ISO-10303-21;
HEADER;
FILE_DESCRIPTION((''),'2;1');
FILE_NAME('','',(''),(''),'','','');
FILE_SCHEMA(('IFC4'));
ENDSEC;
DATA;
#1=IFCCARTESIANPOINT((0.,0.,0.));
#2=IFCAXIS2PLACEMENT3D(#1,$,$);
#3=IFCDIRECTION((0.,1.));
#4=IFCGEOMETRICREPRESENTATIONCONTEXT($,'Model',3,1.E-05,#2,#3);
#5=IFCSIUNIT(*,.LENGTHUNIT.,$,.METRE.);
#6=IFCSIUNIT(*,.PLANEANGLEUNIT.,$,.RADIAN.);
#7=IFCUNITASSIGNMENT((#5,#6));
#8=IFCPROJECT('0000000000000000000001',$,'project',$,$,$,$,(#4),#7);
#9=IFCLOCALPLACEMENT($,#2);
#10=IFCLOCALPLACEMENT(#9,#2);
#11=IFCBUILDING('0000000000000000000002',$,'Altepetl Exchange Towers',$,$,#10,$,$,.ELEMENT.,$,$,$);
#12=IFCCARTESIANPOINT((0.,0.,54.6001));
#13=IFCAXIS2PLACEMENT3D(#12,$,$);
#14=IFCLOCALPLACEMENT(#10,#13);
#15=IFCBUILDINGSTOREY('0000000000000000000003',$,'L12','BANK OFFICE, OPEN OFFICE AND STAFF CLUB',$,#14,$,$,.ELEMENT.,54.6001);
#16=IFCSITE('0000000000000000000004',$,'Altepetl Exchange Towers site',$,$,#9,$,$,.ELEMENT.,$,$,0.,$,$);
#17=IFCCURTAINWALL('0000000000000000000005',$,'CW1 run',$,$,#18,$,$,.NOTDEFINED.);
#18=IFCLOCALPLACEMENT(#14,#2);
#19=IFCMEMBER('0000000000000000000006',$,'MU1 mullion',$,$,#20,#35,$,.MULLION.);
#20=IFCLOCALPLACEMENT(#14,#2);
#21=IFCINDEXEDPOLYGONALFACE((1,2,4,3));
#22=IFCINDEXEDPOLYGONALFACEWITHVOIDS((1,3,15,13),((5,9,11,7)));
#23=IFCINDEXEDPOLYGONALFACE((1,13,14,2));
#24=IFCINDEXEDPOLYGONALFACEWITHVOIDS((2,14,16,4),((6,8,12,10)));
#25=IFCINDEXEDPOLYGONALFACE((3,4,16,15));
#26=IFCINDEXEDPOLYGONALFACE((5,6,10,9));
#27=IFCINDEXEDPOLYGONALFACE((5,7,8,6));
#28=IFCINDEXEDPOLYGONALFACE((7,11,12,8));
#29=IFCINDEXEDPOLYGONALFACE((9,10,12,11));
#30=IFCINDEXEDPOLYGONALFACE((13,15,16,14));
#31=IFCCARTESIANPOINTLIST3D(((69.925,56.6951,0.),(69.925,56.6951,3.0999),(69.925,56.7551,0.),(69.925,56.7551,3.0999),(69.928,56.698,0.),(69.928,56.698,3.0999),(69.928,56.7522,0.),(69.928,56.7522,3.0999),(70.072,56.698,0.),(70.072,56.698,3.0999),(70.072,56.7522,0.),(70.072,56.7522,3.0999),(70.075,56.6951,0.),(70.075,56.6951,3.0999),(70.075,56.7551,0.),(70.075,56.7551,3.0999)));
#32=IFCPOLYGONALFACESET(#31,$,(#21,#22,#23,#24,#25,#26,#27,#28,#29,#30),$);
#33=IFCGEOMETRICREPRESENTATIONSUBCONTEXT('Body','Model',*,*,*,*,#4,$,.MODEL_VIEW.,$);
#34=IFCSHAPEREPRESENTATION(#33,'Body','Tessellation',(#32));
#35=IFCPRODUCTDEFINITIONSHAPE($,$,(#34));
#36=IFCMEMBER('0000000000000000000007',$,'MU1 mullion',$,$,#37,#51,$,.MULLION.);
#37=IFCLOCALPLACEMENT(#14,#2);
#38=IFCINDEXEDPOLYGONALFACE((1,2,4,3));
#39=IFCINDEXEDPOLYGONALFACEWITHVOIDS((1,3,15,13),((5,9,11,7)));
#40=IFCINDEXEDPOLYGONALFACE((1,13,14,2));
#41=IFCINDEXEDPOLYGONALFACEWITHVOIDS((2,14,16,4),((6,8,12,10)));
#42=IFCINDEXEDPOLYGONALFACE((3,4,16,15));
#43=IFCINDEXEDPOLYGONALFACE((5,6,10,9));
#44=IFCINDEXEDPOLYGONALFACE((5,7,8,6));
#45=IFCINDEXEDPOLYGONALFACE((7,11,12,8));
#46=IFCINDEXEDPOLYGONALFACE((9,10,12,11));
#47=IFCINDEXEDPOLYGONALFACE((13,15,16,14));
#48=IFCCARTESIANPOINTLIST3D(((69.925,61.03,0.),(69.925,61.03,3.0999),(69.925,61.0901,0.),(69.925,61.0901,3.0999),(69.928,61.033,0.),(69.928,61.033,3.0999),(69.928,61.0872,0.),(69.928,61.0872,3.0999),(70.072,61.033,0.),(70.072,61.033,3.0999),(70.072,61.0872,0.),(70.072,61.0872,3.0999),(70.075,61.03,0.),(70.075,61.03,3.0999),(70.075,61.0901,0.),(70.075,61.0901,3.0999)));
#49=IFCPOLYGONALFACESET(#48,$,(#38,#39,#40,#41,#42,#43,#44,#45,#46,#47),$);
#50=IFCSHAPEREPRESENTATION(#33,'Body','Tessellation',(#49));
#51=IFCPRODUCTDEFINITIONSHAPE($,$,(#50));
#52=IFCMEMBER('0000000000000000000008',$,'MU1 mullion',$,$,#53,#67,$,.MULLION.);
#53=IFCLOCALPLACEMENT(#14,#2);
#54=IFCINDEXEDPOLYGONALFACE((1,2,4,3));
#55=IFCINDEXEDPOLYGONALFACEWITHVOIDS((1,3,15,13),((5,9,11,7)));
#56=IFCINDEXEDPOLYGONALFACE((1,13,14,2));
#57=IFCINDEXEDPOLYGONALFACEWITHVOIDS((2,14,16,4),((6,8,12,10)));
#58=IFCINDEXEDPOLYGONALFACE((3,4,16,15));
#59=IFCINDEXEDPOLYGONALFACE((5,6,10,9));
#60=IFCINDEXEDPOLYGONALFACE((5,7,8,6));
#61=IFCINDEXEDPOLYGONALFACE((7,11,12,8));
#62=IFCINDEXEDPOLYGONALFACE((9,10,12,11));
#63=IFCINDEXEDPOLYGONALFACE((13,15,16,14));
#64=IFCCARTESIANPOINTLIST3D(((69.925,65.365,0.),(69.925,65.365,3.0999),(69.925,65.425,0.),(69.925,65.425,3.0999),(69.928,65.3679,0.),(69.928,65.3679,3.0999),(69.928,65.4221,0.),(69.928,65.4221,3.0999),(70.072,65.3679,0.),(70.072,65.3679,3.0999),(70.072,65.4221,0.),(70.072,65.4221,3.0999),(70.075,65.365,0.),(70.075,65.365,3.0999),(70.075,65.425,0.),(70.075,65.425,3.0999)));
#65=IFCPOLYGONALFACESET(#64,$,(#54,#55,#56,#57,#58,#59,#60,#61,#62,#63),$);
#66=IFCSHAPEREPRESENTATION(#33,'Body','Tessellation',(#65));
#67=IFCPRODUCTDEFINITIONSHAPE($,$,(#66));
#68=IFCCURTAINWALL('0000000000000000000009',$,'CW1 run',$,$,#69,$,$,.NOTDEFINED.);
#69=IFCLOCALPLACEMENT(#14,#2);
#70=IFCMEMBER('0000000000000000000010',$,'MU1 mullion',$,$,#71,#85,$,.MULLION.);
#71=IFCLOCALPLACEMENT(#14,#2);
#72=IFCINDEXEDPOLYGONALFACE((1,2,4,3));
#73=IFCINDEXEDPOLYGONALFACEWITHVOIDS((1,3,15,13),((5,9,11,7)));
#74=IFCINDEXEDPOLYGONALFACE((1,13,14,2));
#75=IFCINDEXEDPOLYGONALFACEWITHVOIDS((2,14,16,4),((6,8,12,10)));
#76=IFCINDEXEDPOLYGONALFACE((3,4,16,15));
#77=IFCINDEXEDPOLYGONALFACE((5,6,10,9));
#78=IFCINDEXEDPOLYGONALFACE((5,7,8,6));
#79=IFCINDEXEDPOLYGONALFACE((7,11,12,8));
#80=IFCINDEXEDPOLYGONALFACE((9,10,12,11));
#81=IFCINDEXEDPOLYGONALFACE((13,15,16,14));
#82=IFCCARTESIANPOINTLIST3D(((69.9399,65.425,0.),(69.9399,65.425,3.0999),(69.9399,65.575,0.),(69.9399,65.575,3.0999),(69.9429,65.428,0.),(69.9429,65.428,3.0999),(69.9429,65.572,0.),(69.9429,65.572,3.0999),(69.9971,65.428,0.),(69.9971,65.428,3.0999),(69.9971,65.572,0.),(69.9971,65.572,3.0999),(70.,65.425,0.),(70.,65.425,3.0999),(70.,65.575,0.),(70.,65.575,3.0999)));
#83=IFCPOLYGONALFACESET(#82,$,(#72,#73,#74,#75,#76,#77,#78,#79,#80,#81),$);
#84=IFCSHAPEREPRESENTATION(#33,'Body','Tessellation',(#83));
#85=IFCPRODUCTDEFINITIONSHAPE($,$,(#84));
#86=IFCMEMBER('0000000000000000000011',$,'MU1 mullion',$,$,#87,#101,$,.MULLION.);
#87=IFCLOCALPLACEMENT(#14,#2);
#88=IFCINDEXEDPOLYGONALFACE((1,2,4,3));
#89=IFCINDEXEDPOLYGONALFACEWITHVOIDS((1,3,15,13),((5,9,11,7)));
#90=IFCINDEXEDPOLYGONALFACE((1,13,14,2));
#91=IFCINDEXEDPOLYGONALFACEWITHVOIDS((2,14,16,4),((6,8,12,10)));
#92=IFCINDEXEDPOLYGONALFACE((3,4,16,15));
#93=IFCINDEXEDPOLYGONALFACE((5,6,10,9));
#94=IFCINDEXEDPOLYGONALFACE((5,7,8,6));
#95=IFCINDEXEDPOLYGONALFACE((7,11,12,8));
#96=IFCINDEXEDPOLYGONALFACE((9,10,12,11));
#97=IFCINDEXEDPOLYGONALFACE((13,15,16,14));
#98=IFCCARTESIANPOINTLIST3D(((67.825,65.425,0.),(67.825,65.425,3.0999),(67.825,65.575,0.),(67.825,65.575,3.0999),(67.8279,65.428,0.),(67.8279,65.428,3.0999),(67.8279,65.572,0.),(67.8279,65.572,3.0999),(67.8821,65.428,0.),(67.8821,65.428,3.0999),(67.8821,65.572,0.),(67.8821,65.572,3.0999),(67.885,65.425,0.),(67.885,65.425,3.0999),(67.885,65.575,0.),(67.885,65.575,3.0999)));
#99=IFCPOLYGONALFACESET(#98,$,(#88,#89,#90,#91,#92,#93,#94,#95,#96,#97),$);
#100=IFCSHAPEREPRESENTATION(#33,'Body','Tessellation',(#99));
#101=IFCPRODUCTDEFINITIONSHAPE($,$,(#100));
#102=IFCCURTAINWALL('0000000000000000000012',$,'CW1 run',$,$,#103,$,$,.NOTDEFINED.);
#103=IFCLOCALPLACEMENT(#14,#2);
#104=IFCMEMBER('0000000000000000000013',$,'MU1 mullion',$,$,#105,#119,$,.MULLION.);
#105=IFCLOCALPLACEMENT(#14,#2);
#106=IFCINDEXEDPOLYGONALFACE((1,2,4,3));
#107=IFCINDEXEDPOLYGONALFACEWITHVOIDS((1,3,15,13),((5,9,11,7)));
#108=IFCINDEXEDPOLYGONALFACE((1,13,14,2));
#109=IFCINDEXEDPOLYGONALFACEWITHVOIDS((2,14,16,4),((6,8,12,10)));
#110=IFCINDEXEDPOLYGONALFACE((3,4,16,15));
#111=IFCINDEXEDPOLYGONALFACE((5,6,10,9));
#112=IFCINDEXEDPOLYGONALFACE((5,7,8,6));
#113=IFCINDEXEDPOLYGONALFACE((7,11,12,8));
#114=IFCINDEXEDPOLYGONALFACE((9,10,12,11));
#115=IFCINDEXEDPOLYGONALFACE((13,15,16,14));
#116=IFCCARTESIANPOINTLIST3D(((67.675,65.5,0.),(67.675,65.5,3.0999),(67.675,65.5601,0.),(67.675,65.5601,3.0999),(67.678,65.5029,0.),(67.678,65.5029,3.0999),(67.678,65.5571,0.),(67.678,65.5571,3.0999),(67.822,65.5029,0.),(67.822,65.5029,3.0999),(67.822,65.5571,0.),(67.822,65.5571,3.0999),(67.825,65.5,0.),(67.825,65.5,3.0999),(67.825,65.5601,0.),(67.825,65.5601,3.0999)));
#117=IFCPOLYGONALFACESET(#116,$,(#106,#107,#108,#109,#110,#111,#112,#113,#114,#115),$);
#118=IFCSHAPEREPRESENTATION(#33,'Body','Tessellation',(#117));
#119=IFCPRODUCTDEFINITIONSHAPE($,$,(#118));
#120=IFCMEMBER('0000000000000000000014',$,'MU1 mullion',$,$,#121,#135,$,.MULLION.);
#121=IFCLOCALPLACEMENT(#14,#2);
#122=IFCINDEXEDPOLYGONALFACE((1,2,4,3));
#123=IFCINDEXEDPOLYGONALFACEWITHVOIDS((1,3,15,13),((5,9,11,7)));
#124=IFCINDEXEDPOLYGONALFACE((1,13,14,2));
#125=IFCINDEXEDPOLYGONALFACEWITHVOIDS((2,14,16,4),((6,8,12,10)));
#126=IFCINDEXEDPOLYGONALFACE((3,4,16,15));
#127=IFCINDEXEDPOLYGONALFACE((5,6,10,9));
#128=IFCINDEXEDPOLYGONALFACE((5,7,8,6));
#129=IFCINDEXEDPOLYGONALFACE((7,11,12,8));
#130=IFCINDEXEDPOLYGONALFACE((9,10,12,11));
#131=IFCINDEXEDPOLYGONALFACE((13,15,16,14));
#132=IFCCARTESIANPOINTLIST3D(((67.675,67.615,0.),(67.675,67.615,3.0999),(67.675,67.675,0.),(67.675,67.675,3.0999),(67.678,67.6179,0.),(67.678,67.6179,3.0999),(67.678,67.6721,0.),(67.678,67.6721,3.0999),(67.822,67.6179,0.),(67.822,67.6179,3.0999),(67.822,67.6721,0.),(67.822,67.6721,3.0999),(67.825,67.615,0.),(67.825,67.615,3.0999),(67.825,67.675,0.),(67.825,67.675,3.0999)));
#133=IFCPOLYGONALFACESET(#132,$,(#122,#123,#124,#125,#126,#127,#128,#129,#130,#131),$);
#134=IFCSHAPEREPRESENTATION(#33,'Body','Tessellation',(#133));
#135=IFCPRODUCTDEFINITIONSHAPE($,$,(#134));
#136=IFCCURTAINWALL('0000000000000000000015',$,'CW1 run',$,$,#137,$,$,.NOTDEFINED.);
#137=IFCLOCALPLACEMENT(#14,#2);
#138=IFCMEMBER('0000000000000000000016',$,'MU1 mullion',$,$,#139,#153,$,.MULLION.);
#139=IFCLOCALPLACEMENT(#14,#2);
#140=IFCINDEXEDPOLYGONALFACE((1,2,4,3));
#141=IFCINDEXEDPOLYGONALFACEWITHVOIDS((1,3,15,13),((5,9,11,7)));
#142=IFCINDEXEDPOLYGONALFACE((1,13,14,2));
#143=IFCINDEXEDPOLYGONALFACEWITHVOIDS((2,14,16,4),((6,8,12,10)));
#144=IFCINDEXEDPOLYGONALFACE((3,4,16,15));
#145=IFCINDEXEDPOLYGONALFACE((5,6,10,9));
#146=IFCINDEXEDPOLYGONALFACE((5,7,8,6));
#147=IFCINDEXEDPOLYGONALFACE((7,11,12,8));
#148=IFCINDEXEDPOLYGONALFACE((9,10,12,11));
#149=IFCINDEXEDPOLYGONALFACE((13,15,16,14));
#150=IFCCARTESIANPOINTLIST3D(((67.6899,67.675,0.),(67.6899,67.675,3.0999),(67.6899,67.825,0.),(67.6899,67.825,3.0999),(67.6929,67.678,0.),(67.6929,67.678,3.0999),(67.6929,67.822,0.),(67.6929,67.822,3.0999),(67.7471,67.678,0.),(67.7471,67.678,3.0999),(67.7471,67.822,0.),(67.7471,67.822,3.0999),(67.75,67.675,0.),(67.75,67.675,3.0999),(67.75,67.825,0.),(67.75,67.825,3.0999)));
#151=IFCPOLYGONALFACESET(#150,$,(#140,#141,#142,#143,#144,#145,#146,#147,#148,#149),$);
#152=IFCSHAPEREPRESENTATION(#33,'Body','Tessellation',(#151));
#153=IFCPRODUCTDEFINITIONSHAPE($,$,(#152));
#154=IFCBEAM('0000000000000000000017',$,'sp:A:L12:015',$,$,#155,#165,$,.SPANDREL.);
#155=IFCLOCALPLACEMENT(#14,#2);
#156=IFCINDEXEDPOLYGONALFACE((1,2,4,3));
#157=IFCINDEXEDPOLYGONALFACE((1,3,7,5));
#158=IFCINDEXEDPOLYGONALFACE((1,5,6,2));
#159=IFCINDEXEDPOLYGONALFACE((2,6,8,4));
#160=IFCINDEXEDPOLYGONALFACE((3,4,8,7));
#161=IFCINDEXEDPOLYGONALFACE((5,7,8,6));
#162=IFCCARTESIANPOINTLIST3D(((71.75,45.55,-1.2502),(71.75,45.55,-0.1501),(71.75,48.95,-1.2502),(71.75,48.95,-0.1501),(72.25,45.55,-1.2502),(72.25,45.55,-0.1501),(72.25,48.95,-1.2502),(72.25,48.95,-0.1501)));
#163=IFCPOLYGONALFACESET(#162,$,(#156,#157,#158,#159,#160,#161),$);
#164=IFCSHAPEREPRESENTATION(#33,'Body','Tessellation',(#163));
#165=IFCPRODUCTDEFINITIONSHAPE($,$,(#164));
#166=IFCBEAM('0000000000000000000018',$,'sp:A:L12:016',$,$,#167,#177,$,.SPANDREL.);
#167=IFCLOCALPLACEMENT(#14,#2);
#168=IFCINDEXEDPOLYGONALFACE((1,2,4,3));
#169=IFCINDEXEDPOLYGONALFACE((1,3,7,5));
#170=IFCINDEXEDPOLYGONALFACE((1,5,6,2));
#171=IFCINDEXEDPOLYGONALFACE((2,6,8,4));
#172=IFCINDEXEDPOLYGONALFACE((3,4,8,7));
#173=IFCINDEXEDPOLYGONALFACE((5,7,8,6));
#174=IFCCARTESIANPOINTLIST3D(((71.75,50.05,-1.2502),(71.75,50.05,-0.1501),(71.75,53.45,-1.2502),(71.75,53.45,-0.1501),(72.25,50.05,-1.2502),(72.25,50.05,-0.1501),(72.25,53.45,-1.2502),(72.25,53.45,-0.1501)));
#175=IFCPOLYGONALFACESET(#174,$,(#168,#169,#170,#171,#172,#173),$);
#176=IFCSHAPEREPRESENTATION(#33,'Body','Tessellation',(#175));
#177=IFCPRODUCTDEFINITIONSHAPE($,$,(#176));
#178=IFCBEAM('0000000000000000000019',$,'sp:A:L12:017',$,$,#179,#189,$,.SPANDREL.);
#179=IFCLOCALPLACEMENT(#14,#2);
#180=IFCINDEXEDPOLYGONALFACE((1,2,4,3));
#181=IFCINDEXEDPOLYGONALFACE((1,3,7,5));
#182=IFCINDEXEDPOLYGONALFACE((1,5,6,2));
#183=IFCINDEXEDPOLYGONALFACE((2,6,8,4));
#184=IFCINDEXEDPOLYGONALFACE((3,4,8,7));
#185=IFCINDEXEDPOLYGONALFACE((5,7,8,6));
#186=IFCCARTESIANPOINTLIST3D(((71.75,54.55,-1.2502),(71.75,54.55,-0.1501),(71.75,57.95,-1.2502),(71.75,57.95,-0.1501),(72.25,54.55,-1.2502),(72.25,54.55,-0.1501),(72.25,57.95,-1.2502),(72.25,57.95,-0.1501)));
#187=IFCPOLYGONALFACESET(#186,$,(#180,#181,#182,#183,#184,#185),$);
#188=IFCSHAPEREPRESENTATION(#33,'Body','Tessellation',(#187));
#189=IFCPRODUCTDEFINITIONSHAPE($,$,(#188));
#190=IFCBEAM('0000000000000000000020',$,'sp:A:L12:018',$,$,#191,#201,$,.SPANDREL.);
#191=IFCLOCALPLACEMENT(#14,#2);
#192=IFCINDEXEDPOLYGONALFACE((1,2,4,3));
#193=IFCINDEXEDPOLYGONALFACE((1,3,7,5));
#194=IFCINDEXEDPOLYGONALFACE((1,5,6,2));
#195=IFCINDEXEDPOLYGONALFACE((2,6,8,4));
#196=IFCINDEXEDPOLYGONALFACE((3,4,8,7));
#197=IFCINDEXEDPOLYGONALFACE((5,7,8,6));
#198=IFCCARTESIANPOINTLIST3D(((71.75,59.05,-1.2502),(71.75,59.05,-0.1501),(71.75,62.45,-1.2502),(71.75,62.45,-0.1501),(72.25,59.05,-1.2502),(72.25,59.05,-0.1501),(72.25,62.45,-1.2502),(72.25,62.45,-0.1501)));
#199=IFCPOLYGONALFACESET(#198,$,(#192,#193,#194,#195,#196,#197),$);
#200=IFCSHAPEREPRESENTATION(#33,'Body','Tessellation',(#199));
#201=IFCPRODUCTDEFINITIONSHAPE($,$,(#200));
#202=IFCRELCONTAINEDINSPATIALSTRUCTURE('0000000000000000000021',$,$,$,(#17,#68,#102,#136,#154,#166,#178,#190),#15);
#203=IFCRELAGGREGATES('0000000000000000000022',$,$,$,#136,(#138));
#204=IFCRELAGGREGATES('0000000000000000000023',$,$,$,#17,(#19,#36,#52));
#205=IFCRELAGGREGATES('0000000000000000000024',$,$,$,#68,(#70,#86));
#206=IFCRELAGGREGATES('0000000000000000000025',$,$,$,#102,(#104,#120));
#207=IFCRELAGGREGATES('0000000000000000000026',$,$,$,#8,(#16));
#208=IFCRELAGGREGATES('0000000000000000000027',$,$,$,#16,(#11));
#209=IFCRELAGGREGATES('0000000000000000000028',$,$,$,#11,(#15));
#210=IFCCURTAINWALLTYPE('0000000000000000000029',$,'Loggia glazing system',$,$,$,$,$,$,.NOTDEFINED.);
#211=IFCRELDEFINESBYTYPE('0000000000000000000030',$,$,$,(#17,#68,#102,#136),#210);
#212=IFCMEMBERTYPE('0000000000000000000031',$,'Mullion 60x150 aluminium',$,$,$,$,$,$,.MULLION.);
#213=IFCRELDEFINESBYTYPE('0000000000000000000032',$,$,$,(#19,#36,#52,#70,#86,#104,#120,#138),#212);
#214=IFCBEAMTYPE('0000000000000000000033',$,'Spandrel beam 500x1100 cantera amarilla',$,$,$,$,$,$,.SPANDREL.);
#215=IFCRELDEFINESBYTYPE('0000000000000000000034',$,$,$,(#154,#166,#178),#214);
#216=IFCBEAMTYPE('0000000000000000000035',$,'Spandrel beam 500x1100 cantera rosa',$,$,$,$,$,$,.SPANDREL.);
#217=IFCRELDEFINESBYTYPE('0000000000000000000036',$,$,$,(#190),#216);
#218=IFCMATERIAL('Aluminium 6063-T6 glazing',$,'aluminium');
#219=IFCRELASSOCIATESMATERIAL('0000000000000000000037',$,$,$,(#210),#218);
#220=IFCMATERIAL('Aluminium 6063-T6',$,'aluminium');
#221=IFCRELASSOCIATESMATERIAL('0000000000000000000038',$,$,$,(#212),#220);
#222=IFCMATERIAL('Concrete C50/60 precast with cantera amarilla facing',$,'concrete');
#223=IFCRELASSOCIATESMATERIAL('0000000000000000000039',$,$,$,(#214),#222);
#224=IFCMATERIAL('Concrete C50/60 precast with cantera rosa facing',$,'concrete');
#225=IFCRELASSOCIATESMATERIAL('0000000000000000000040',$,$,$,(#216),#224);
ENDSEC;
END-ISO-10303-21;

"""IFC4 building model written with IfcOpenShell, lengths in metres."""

from ifc_helpers import new_model, si_unit, direction, frame, origin, origin_2d, place, context, subcontext, project, spatial, rectangle, hollow_rectangle, extrude, material, material_profile, profile_set, type_object, element, aggregate, save


model = new_model("IFC4")

# Units and contexts
model_context = context("Model", 3, precision=1e-05, world=origin(), true_north=direction((0.0, 1.0)))
body_context = subcontext(model_context, "Body", "Model", "MODEL_VIEW")
ifc_project = project(units=[si_unit("LENGTHUNIT", "METRE"), si_unit("PLANEANGLEUNIT", "RADIAN")], contexts=[model_context])

# Site, building, storey
site_placement = place(None, origin())
site = spatial("IfcSite", under=ifc_project, at=site_placement, Name="Altepetl Exchange Towers site", CompositionType="ELEMENT", RefElevation=0.0)
building_placement = place(site_placement, origin())
building = spatial("IfcBuilding", under=site, at=building_placement, Name="Altepetl Exchange Towers", CompositionType="ELEMENT")
storey_placement = place(building_placement, frame((0.0, 0.0, 54.6001)))
storey = spatial("IfcBuildingStorey", under=building, at=storey_placement, Name="L12", Description="BANK OFFICE, OPEN OFFICE AND STAFF CLUB", CompositionType="ELEMENT", Elevation=54.6001)

# Curtain walls, members
ifc_material_1 = material(Name="Aluminium 6063-T6 glazing", Category="aluminium")
curtain_wall_type = type_object("IfcCurtainWallType", Name="Loggia glazing system", PredefinedType="NOTDEFINED", material=ifc_material_1)
ifc_material_2 = material(Name="Aluminium 6063-T6", Category="aluminium")
ifc_material_profile_1 = material_profile(ifc_material_2, hollow_rectangle(XDim=0.0601, YDim=0.1499, WallThickness=0.0029, at=origin_2d()), Name="Mullion 60x150 aluminium")
ifc_profile_set_1 = profile_set([ifc_material_profile_1], Name="Aluminium 6063-T6")
member_type = type_object("IfcMemberType", Name="Mullion 60x150 aluminium", PredefinedType="MULLION", material=ifc_profile_set_1)
curtain_wall_1_placement = place(storey_placement, origin())
curtain_wall_1 = element("IfcCurtainWall", 1, at=curtain_wall_1_placement, inside=storey, type_object=curtain_wall_type, Name="CW1 run", PredefinedType="NOTDEFINED")
member_1_placement = place(storey_placement, frame((70.0, 56.7251, 0.0), z_axis=(0.0, 0.0, 1.0), x_axis=(0.0, 1.0, 0.0)))
member_1 = element("IfcMember", 2, at=member_1_placement, type_object=member_type, Name="MU1 mullion", PredefinedType="MULLION", context=body_context, shape_type="SweptSolid", body=[
    extrude(hollow_rectangle(XDim=0.0601, YDim=0.1499, WallThickness=0.0029, at=origin_2d()), origin(), (0.0, 0.0, 1.0), 3.0999),
])
member_2_placement = place(storey_placement, frame((70.0, 61.0601, 0.0), z_axis=(0.0, 0.0, 1.0), x_axis=(0.0, 1.0, 0.0)))
member_2 = element("IfcMember", 3, at=member_2_placement, type_object=member_type, Name="MU1 mullion", PredefinedType="MULLION", context=body_context, shape_type="SweptSolid", body=[
    extrude(hollow_rectangle(XDim=0.0601, YDim=0.1499, WallThickness=0.0029, at=origin_2d()), origin(), (0.0, 0.0, 1.0), 3.0999),
])
member_3_placement = place(storey_placement, frame((70.0, 65.395, 0.0), z_axis=(0.0, 0.0, 1.0), x_axis=(0.0, 1.0, 0.0)))
member_3 = element("IfcMember", 4, at=member_3_placement, type_object=member_type, Name="MU1 mullion", PredefinedType="MULLION", context=body_context, shape_type="SweptSolid", body=[
    extrude(hollow_rectangle(XDim=0.0601, YDim=0.1499, WallThickness=0.0029, at=origin_2d()), origin(), (0.0, 0.0, 1.0), 3.0999),
])
curtain_wall_2_placement = place(storey_placement, origin())
curtain_wall_2 = element("IfcCurtainWall", 5, at=curtain_wall_2_placement, inside=storey, type_object=curtain_wall_type, Name="CW1 run", PredefinedType="NOTDEFINED")
member_4_placement = place(storey_placement, frame((69.97, 65.5, 0.0), z_axis=(0.0, 0.0, 1.0), x_axis=(-1.0, 0.0, 0.0)))
member_4 = element("IfcMember", 6, at=member_4_placement, type_object=member_type, Name="MU1 mullion", PredefinedType="MULLION", context=body_context, shape_type="SweptSolid", body=[
    extrude(hollow_rectangle(XDim=0.0601, YDim=0.1499, WallThickness=0.0029, at=origin_2d()), origin(), (0.0, 0.0, 1.0), 3.0999),
])
member_5_placement = place(storey_placement, frame((67.855, 65.5, 0.0), z_axis=(0.0, 0.0, 1.0), x_axis=(-1.0, 0.0, 0.0)))
member_5 = element("IfcMember", 7, at=member_5_placement, type_object=member_type, Name="MU1 mullion", PredefinedType="MULLION", context=body_context, shape_type="SweptSolid", body=[
    extrude(hollow_rectangle(XDim=0.0601, YDim=0.1499, WallThickness=0.0029, at=origin_2d()), origin(), (0.0, 0.0, 1.0), 3.0999),
])
curtain_wall_3_placement = place(storey_placement, origin())
curtain_wall_3 = element("IfcCurtainWall", 8, at=curtain_wall_3_placement, inside=storey, type_object=curtain_wall_type, Name="CW1 run", PredefinedType="NOTDEFINED")
member_6_placement = place(storey_placement, frame((67.75, 65.53, 0.0), z_axis=(0.0, 0.0, 1.0), x_axis=(0.0, 1.0, 0.0)))
member_6 = element("IfcMember", 9, at=member_6_placement, type_object=member_type, Name="MU1 mullion", PredefinedType="MULLION", context=body_context, shape_type="SweptSolid", body=[
    extrude(hollow_rectangle(XDim=0.0601, YDim=0.1499, WallThickness=0.0029, at=origin_2d()), origin(), (0.0, 0.0, 1.0), 3.0999),
])
member_7_placement = place(storey_placement, frame((67.75, 67.645, 0.0), z_axis=(0.0, 0.0, 1.0), x_axis=(0.0, 1.0, 0.0)))
member_7 = element("IfcMember", 10, at=member_7_placement, type_object=member_type, Name="MU1 mullion", PredefinedType="MULLION", context=body_context, shape_type="SweptSolid", body=[
    extrude(hollow_rectangle(XDim=0.0601, YDim=0.1499, WallThickness=0.0029, at=origin_2d()), origin(), (0.0, 0.0, 1.0), 3.0999),
])

# Curtain wall, member
curtain_wall_4_placement = place(storey_placement, origin())
curtain_wall_4 = element("IfcCurtainWall", 11, at=curtain_wall_4_placement, inside=storey, type_object=curtain_wall_type, Name="CW1 run", PredefinedType="NOTDEFINED")
member_8_placement = place(storey_placement, frame((67.72, 67.75, 0.0), z_axis=(0.0, 0.0, 1.0), x_axis=(-1.0, 0.0, 0.0)))
member_8 = element("IfcMember", 12, at=member_8_placement, type_object=member_type, Name="MU1 mullion", PredefinedType="MULLION", context=body_context, shape_type="SweptSolid", body=[
    extrude(hollow_rectangle(XDim=0.0601, YDim=0.1499, WallThickness=0.0029, at=origin_2d()), origin(), (0.0, 0.0, 1.0), 3.0999),
])
aggregate(curtain_wall_4, [member_8])

# Beams
ifc_material_3 = material(Name="Concrete C50/60 precast with cantera amarilla facing", Category="concrete")
ifc_material_profile_2 = material_profile(ifc_material_3, rectangle(XDim=0.5, YDim=1.1001, at=origin_2d()), Name="500 x 1100")
ifc_profile_set_2 = profile_set([ifc_material_profile_2], Name="Concrete C50/60 precast with cantera amarilla facing")
beam_type_1 = type_object("IfcBeamType", Name="Spandrel beam 500x1100 cantera amarilla", PredefinedType="SPANDREL", material=ifc_profile_set_2)
for number, where, z_axis, x_axis, name in (
    (13, (72.0, 45.55, -0.7002), (0.0, 1.0, 0.0), (-1.0, 0.0, 0.0), "sp:A:L12:015"),
    (14, (72.0, 50.05, -0.7002), (0.0, 1.0, 0.0), (-1.0, 0.0, 0.0), "sp:A:L12:016"),
    (15, (72.0, 54.55, -0.7002), (0.0, 1.0, 0.0), (-1.0, 0.0, 0.0), "sp:A:L12:017"),
):
    element("IfcBeam", number, at=place(storey_placement, frame(where, z_axis=z_axis, x_axis=x_axis)), inside=storey, type_object=beam_type_1, Name=name, PredefinedType="SPANDREL", context=body_context, shape_type="SweptSolid", body=[
        extrude(rectangle(XDim=0.5, YDim=1.1001, at=origin_2d()), origin(), (0.0, 0.0, 1.0), 3.3999),
    ])
ifc_material_4 = material(Name="Concrete C50/60 precast with cantera rosa facing", Category="concrete")
ifc_material_profile_3 = material_profile(ifc_material_4, rectangle(XDim=0.5, YDim=1.1001, at=origin_2d()), Name="500 x 1100")
ifc_profile_set_3 = profile_set([ifc_material_profile_3], Name="Concrete C50/60 precast with cantera rosa facing")
beam_type_2 = type_object("IfcBeamType", Name="Spandrel beam 500x1100 cantera rosa", PredefinedType="SPANDREL", material=ifc_profile_set_3)
for number, where, z_axis, x_axis, name in (
    (16, (72.0, 59.05, -0.7002), (0.0, 1.0, 0.0), (-1.0, 0.0, 0.0), "sp:A:L12:018"),
):
    element("IfcBeam", number, at=place(storey_placement, frame(where, z_axis=z_axis, x_axis=x_axis)), inside=storey, type_object=beam_type_2, Name=name, PredefinedType="SPANDREL", context=body_context, shape_type="SweptSolid", body=[
        extrude(rectangle(XDim=0.5, YDim=1.1001, at=origin_2d()), origin(), (0.0, 0.0, 1.0), 3.3999),
    ])

aggregate(curtain_wall_1, [member_1, member_2, member_3])
aggregate(curtain_wall_2, [member_4, member_5])
aggregate(curtain_wall_3, [member_6, member_7])

save(model, "model.ifc")
